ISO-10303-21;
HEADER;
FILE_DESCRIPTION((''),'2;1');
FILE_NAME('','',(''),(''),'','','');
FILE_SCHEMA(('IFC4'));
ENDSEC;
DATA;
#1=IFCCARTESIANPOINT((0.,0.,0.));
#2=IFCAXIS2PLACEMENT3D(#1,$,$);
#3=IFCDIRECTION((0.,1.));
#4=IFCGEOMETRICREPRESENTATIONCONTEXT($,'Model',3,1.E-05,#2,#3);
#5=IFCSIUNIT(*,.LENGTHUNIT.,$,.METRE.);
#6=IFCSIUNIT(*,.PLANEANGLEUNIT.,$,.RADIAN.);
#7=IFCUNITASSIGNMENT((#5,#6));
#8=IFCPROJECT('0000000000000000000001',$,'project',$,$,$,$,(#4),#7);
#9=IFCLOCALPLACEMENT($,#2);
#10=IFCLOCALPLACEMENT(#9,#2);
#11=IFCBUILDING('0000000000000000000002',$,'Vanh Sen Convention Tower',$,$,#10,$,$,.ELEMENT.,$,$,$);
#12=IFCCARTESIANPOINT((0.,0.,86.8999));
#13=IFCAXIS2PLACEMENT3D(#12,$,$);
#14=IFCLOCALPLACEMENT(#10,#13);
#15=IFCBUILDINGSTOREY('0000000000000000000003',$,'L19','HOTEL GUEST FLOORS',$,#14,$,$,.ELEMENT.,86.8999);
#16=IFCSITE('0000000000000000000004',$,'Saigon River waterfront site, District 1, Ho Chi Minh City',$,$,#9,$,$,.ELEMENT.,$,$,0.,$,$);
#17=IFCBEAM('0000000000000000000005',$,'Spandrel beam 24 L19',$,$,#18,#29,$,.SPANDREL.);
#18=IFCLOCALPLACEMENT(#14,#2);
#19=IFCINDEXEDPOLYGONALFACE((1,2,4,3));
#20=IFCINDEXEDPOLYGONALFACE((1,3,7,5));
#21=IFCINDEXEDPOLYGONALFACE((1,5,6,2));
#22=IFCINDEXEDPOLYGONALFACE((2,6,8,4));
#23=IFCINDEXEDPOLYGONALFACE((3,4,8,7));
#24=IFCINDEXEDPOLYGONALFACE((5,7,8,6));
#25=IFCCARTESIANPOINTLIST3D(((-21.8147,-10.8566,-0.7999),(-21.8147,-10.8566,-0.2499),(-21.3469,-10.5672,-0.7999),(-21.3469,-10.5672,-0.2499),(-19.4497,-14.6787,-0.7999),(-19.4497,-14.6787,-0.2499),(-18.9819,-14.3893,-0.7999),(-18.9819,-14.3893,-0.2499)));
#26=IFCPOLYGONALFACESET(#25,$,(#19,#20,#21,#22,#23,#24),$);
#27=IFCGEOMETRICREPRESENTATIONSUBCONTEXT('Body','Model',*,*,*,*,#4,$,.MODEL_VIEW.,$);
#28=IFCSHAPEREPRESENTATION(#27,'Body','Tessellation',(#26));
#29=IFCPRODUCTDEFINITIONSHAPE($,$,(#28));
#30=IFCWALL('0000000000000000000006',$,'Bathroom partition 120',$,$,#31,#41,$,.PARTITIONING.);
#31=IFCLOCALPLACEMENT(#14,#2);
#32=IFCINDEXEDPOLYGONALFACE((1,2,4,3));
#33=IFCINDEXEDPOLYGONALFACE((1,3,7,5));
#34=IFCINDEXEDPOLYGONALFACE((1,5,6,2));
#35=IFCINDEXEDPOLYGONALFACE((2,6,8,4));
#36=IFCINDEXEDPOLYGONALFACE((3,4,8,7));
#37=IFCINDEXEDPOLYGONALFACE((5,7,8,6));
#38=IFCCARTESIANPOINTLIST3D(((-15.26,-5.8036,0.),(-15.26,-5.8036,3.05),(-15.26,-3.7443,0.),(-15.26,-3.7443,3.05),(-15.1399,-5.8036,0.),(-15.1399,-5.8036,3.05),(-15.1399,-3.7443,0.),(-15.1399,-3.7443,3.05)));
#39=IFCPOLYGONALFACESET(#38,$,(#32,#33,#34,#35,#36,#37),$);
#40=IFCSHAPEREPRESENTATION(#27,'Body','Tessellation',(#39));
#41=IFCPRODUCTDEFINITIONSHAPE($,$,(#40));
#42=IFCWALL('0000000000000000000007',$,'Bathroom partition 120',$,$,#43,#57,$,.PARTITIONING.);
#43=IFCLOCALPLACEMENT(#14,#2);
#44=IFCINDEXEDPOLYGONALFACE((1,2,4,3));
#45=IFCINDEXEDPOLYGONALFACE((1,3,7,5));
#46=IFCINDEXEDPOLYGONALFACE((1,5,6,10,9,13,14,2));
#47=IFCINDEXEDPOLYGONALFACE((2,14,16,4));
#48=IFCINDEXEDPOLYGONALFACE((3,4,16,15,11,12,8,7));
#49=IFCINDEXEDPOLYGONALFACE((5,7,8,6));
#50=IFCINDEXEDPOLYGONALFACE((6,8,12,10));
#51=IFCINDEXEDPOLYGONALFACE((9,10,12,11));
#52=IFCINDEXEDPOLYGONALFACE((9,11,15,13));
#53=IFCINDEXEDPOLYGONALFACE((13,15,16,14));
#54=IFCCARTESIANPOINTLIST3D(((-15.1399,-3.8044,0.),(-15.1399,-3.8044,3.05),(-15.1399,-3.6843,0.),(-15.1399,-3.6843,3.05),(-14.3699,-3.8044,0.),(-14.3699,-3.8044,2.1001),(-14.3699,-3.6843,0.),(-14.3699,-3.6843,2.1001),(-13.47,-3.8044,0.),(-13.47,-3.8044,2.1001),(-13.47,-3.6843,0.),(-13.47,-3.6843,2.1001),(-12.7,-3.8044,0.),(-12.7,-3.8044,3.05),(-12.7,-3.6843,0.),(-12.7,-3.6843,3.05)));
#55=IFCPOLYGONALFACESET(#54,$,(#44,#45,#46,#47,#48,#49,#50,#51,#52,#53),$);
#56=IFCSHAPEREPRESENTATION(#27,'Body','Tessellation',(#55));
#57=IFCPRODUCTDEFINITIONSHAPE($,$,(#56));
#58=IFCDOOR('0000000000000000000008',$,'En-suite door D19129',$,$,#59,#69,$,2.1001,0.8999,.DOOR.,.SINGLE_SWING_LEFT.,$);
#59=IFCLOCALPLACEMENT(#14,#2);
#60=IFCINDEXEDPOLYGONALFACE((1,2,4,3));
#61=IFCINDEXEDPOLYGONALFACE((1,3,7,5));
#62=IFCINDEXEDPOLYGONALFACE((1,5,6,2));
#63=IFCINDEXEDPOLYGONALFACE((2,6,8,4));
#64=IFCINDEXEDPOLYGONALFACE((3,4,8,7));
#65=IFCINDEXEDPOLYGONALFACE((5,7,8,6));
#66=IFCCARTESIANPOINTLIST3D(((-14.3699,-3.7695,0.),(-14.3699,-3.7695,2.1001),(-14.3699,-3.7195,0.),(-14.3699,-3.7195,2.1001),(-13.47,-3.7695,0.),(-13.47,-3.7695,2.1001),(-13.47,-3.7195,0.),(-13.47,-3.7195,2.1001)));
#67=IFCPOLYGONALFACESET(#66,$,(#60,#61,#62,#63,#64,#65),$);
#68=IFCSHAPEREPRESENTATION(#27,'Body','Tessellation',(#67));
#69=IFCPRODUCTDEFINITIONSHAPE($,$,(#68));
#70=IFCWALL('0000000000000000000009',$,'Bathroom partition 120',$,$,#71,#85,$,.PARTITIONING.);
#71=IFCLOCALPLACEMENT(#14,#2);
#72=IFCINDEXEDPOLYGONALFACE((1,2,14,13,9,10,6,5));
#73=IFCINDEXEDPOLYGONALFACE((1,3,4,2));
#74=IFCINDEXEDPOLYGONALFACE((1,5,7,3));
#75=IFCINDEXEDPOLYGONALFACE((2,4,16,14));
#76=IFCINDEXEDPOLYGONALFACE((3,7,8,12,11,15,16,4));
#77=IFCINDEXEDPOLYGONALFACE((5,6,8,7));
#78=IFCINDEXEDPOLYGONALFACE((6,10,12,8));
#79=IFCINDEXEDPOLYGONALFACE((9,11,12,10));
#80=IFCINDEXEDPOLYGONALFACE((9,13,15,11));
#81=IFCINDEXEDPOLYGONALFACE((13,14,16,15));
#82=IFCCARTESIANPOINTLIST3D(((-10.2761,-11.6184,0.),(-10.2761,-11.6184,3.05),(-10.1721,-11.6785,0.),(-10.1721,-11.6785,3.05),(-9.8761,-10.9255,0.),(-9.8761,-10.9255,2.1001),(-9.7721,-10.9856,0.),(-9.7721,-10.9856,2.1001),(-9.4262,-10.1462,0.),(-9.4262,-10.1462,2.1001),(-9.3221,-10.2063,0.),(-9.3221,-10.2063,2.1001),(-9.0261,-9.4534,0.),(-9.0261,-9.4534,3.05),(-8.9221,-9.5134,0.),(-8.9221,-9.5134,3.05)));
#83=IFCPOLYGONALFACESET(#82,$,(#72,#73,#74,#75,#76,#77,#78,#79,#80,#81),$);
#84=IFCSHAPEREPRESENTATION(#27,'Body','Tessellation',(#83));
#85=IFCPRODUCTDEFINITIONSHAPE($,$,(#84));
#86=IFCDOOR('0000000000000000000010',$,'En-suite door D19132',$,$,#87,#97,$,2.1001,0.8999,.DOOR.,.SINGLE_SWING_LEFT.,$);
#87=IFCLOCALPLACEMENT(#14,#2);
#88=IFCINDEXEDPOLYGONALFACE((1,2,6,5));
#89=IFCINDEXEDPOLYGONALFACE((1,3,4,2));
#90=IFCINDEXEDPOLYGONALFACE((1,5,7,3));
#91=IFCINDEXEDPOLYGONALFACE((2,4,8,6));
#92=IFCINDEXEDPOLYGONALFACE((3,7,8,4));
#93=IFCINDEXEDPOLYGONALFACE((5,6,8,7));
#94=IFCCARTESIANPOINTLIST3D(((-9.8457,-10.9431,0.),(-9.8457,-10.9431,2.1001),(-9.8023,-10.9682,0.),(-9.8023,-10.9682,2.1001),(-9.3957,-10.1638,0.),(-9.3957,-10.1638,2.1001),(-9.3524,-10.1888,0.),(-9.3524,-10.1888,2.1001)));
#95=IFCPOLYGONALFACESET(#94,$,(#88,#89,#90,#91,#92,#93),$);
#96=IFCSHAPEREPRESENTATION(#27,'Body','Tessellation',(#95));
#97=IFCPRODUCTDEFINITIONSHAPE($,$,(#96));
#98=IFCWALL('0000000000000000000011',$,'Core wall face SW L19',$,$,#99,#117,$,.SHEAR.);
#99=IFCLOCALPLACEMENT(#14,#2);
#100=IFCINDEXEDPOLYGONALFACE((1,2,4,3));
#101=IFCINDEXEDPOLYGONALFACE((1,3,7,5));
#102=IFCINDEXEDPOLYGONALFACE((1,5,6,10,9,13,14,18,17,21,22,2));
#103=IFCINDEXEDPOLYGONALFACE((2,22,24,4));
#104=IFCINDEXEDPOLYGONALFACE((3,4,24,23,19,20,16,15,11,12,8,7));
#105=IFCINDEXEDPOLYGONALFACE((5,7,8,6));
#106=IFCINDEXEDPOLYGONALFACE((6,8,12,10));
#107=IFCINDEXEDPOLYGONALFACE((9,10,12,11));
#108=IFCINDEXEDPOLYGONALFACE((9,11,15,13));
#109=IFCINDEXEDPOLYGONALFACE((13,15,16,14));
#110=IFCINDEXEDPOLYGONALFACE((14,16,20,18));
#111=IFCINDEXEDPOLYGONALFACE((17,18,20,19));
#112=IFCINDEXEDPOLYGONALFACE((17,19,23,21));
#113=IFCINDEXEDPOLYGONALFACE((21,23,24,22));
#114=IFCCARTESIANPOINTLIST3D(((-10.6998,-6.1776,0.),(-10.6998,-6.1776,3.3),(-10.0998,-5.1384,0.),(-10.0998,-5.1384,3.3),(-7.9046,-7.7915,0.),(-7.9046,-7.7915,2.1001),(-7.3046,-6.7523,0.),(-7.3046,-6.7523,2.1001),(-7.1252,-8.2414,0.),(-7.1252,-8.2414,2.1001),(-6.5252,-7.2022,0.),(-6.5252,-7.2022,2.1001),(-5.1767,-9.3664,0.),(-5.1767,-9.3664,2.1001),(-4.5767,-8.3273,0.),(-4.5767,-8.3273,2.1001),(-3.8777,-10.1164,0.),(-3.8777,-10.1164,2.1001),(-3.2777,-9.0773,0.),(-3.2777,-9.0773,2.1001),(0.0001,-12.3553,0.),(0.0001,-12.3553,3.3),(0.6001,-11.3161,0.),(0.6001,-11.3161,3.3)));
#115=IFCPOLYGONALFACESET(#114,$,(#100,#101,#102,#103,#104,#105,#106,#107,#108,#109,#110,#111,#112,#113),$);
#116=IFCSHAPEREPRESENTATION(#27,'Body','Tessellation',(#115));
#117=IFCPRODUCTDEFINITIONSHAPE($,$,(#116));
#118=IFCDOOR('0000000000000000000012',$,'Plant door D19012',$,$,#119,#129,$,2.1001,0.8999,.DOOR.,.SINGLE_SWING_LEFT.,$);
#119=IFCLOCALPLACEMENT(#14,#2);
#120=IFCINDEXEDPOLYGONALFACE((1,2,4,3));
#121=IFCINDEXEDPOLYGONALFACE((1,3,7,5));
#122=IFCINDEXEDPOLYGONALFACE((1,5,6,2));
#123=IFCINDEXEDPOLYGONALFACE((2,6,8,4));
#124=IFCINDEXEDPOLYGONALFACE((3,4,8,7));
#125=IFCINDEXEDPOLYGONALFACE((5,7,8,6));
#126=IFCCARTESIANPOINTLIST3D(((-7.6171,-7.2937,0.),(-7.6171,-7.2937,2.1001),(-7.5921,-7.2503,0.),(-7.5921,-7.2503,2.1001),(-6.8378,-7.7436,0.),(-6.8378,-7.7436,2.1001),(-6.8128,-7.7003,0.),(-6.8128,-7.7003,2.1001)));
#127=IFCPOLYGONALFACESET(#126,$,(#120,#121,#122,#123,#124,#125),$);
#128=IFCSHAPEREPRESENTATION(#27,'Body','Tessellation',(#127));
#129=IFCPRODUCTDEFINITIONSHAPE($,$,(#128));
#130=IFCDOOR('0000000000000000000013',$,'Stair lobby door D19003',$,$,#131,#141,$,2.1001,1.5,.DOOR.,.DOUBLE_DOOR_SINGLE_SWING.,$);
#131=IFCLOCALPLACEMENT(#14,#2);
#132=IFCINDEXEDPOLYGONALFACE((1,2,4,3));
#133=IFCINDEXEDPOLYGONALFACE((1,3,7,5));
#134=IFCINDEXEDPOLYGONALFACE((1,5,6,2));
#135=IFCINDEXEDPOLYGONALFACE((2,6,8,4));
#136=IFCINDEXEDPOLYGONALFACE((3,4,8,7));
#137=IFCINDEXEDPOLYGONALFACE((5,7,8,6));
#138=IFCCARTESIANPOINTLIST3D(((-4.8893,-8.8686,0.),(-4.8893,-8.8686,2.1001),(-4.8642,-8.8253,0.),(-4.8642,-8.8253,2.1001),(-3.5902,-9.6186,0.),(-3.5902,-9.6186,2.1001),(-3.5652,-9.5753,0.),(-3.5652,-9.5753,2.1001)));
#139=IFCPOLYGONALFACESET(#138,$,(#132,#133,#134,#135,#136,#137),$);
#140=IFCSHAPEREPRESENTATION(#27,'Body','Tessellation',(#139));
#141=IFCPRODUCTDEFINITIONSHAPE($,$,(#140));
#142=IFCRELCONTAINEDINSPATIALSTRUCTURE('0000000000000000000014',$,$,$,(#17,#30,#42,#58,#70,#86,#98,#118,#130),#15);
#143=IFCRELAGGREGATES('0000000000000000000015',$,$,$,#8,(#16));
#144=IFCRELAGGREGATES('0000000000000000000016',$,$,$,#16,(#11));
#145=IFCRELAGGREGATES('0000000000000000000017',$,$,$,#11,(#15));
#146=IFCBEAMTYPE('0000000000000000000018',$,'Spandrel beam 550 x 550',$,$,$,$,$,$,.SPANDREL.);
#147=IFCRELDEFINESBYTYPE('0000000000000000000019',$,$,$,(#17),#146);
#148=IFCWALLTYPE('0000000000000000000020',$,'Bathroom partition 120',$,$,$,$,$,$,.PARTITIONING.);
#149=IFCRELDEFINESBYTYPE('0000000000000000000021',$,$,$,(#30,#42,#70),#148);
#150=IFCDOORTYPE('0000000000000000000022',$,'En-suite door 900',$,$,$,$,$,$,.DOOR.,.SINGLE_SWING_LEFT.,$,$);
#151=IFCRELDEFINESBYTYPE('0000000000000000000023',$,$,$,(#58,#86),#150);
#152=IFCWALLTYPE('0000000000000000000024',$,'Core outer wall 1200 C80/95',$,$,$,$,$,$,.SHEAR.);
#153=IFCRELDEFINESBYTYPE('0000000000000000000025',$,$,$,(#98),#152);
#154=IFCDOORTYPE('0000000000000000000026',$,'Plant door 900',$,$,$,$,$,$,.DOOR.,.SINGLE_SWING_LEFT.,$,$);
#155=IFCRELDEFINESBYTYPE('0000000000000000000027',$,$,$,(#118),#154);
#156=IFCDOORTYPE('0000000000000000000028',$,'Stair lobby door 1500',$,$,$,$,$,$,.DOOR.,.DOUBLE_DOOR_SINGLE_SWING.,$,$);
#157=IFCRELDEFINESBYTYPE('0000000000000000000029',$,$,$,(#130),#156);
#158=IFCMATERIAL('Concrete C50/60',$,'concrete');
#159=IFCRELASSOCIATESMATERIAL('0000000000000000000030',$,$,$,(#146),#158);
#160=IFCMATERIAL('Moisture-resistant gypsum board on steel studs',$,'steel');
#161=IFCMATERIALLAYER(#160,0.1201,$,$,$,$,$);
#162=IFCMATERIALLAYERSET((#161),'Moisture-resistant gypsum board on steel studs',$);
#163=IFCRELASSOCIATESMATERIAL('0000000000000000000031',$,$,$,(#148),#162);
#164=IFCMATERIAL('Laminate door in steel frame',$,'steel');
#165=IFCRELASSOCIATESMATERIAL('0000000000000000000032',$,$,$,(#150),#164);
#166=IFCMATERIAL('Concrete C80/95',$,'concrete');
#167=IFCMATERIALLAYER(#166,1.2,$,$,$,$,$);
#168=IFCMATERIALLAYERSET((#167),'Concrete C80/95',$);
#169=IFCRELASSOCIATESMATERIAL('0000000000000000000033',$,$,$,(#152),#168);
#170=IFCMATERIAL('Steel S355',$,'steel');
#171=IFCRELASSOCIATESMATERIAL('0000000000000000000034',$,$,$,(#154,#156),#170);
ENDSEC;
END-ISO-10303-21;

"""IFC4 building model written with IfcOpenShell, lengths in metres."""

from ifc_helpers import new_model, si_unit, direction, frame, frame_2d, origin, origin_2d, place, context, subcontext, project, spatial, rectangle, extrude, material, layer, layer_set, material_profile, profile_set, type_object, element, fill, save


model = new_model("IFC4")

# Units and contexts
model_context = context("Model", 3, precision=1e-05, world=origin(), true_north=direction((0.0, 1.0)))
body_context = subcontext(model_context, "Body", "Model", "MODEL_VIEW")
ifc_project = project(units=[si_unit("LENGTHUNIT", "METRE"), si_unit("PLANEANGLEUNIT", "RADIAN")], contexts=[model_context])

# Site, building, storey
site_placement = place(None, origin())
site = spatial("IfcSite", under=ifc_project, at=site_placement, Name="Saigon River waterfront site, District 1, Ho Chi Minh City", CompositionType="ELEMENT", RefElevation=0.0)
building_placement = place(site_placement, origin())
building = spatial("IfcBuilding", under=site, at=building_placement, Name="Vanh Sen Convention Tower", CompositionType="ELEMENT")
storey_placement = place(building_placement, frame((0.0, 0.0, 86.8999)))
storey = spatial("IfcBuildingStorey", under=building, at=storey_placement, Name="L19", Description="HOTEL GUEST FLOORS", CompositionType="ELEMENT", Elevation=86.8999)

# Beam
ifc_material_1 = material(Name="Concrete C50/60", Category="concrete")
ifc_material_profile = material_profile(ifc_material_1, rectangle(XDim=0.55, YDim=0.55, at=origin_2d()), Name="RC 550X550")
ifc_profile_set = profile_set([ifc_material_profile], Name="Concrete C50/60")
beam_type = type_object("IfcBeamType", Name="Spandrel beam 550 x 550", PredefinedType="SPANDREL", material=ifc_profile_set)
beam_placement = place(storey_placement, frame((-21.5808, -10.7119, -0.5249), z_axis=(0.52619, -0.850367, 0.0), x_axis=(0.850367, 0.52619, 0.0)))
element("IfcBeam", 1, at=beam_placement, inside=storey, type_object=beam_type, Name="Spandrel beam 24 L19", PredefinedType="SPANDREL", context=body_context, shape_type="SweptSolid", body=[
    extrude(rectangle(XDim=0.55, YDim=0.55, at=origin_2d()), origin(), (0.0, 0.0, 1.0), 4.4946),
])

# Wall
ifc_material_2 = material(Name="Moisture-resistant gypsum board on steel studs", Category="steel")
ifc_layer_1 = layer(ifc_material_2, 0.1201)
ifc_layer_set_1 = layer_set([ifc_layer_1], Name="Moisture-resistant gypsum board on steel studs")
wall_type_1 = type_object("IfcWallType", Name="Bathroom partition 120", PredefinedType="PARTITIONING", material=ifc_layer_set_1)
wall_1_placement = place(storey_placement, frame((-15.2, -5.8037, 0.0), z_axis=(0.0, 0.0, 1.0), x_axis=(0.0, 1.0, 0.0)))
element("IfcWall", 2, at=wall_1_placement, inside=storey, type_object=wall_type_1, Name="Bathroom partition 120", PredefinedType="PARTITIONING", context=body_context, shape_type="SweptSolid", body=[
    extrude(rectangle(XDim=2.0593, YDim=0.1201, at=frame_2d((1.0298, 0.0))), origin(), (0.0, 0.0, 1.0), 3.05),
])

# Walls, openings, doors
wall_2_placement = place(storey_placement, frame((-15.1399, -3.7444, 0.0), z_axis=(0.0, 0.0, 1.0), x_axis=(1.0, 0.0, 0.0)))
wall_2 = element("IfcWall", 3, at=wall_2_placement, inside=storey, type_object=wall_type_1, Name="Bathroom partition 120", PredefinedType="PARTITIONING", context=body_context, shape_type="SweptSolid", body=[
    extrude(rectangle(XDim=2.4399, YDim=0.1201, at=frame_2d((1.22, 0.0))), origin(), (0.0, 0.0, 1.0), 3.05),
])
opening_1_placement = place(wall_2_placement, frame((0.77, 0.0, 0.0)))
opening_1 = element("IfcOpeningElement", 4, at=opening_1_placement, cuts=wall_2, PredefinedType="OPENING", context=body_context, shape_type="SweptSolid", body=[
    extrude(rectangle(XDim=0.8999, YDim=2.1001, at=frame_2d((0.45, 1.05))), frame((0.0, 0.0701, 0.0), z_axis=(0.0, -1.0, 0.0), x_axis=(1.0, 0.0, 0.0)), (0.0, 0.0, 1.0), 0.1401),
])
ifc_material_3 = material(Name="Laminate door in steel frame", Category="steel")
door_type_1 = type_object("IfcDoorType", Name="En-suite door 900", OperationType="SINGLE_SWING_LEFT", PredefinedType="DOOR", material=ifc_material_3)
door_1_placement = place(opening_1_placement, origin())
door_1 = element("IfcDoor", 5, at=door_1_placement, inside=storey, type_object=door_type_1, Name="En-suite door D19129", OperationType="SINGLE_SWING_LEFT", OverallHeight=2.1001, OverallWidth=0.8999, PredefinedType="DOOR", context=body_context, shape_type="SweptSolid", body=[
    extrude(rectangle(XDim=0.8999, YDim=2.1001, at=frame_2d((0.45, 1.05))), frame((0.0, 0.0249, 0.0), z_axis=(0.0, -1.0, 0.0), x_axis=(1.0, 0.0, 0.0)), (0.0, 0.0, 1.0), 0.05),
])
fill(opening_1, door_1)
wall_3_placement = place(storey_placement, frame((-10.2241, -11.6484, 0.0), z_axis=(0.0, 0.0, 1.0), x_axis=(0.500004, 0.866023, 0.0)))
wall_3 = element("IfcWall", 6, at=wall_3_placement, inside=storey, type_object=wall_type_1, Name="Bathroom partition 120", PredefinedType="PARTITIONING", context=body_context, shape_type="SweptSolid", body=[
    extrude(rectangle(XDim=2.5, YDim=0.1201, at=frame_2d((1.25, 0.0))), origin(), (0.0, 0.0, 1.0), 3.05),
])
opening_2_placement = place(wall_3_placement, frame((0.8, 0.0, 0.0)))
opening_2 = element("IfcOpeningElement", 7, at=opening_2_placement, cuts=wall_3, PredefinedType="OPENING", context=body_context, shape_type="SweptSolid", body=[
    extrude(rectangle(XDim=0.8999, YDim=2.1001, at=frame_2d((0.45, 1.05))), frame((0.0, 0.0701, 0.0), z_axis=(0.0, -1.0, 0.0), x_axis=(1.0, 0.0, 0.0)), (0.0, 0.0, 1.0), 0.1401),
])
door_2_placement = place(opening_2_placement, origin())
door_2 = element("IfcDoor", 8, at=door_2_placement, inside=storey, type_object=door_type_1, Name="En-suite door D19132", OperationType="SINGLE_SWING_LEFT", OverallHeight=2.1001, OverallWidth=0.8999, PredefinedType="DOOR", context=body_context, shape_type="SweptSolid", body=[
    extrude(rectangle(XDim=0.8999, YDim=2.1001, at=frame_2d((0.45, 1.05))), frame((0.0, 0.0249, 0.0), z_axis=(0.0, -1.0, 0.0), x_axis=(1.0, 0.0, 0.0)), (0.0, 0.0, 1.0), 0.05),
])
fill(opening_2, door_2)

# Wall, openings, doors
ifc_material_4 = material(Name="Concrete C80/95", Category="concrete")
ifc_layer_2 = layer(ifc_material_4, 1.2)
ifc_layer_set_2 = layer_set([ifc_layer_2], Name="Concrete C80/95")
wall_type_2 = type_object("IfcWallType", Name="Core outer wall 1200 C80/95", PredefinedType="SHEAR", material=ifc_layer_set_2)
wall_4_placement = place(storey_placement, frame((-10.3999, -5.658, 0.0), z_axis=(0.0, 0.0, 1.0), x_axis=(0.866021, -0.500007, 0.0)))
wall_4 = element("IfcWall", 9, at=wall_4_placement, inside=storey, type_object=wall_type_2, Name="Core wall face SW L19", PredefinedType="SHEAR", context=body_context, shape_type="SweptSolid", body=[
    extrude(rectangle(XDim=12.3552, YDim=1.2, at=frame_2d((6.1777, 0.0))), origin(), (0.0, 0.0, 1.0), 3.3),
])
opening_3_placement = place(wall_4_placement, frame((6.3777, 0.0, 0.0)))
opening_3 = element("IfcOpeningElement", 10, at=opening_3_placement, cuts=wall_4, PredefinedType="OPENING", context=body_context, shape_type="SweptSolid", body=[
    extrude(rectangle(XDim=1.5, YDim=2.1001, at=frame_2d((0.75, 1.05))), frame((0.0, 0.6099, 0.0), z_axis=(0.0, -1.0, 0.0), x_axis=(1.0, 0.0, 0.0)), (0.0, 0.0, 1.0), 1.22),
])
opening_4_placement = place(wall_4_placement, frame((3.2278, 0.0, 0.0)))
opening_4 = element("IfcOpeningElement", 11, at=opening_4_placement, cuts=wall_4, PredefinedType="OPENING", context=body_context, shape_type="SweptSolid", body=[
    extrude(rectangle(XDim=0.8999, YDim=2.1001, at=frame_2d((0.45, 1.05))), frame((0.0, 0.6099, 0.0), z_axis=(0.0, -1.0, 0.0), x_axis=(1.0, 0.0, 0.0)), (0.0, 0.0, 1.0), 1.22),
])
ifc_material_5 = material(Name="Steel S355", Category="steel")
door_type_2 = type_object("IfcDoorType", Name="Plant door 900", OperationType="SINGLE_SWING_LEFT", PredefinedType="DOOR", material=ifc_material_5)
door_3_placement = place(opening_4_placement, origin())
door_3 = element("IfcDoor", 12, at=door_3_placement, inside=storey, type_object=door_type_2, Name="Plant door D19012", OperationType="SINGLE_SWING_LEFT", OverallHeight=2.1001, OverallWidth=0.8999, PredefinedType="DOOR", context=body_context, shape_type="SweptSolid", body=[
    extrude(rectangle(XDim=0.8999, YDim=2.1001, at=frame_2d((0.45, 1.05))), frame((0.0, 0.0249, 0.0), z_axis=(0.0, -1.0, 0.0), x_axis=(1.0, 0.0, 0.0)), (0.0, 0.0, 1.0), 0.05),
])
fill(opening_4, door_3)
door_type_3 = type_object("IfcDoorType", Name="Stair lobby door 1500", OperationType="DOUBLE_DOOR_SINGLE_SWING", PredefinedType="DOOR", material=ifc_material_5)
door_4_placement = place(opening_3_placement, origin())
door_4 = element("IfcDoor", 13, at=door_4_placement, inside=storey, type_object=door_type_3, Name="Stair lobby door D19003", OperationType="DOUBLE_DOOR_SINGLE_SWING", OverallHeight=2.1001, OverallWidth=1.5, PredefinedType="DOOR", context=body_context, shape_type="SweptSolid", body=[
    extrude(rectangle(XDim=1.5, YDim=2.1001, at=frame_2d((0.75, 1.05))), frame((0.0, 0.0249, 0.0), z_axis=(0.0, -1.0, 0.0), x_axis=(1.0, 0.0, 0.0)), (0.0, 0.0, 1.0), 0.05),
])
fill(opening_3, door_4)

save(model, "model.ifc")
